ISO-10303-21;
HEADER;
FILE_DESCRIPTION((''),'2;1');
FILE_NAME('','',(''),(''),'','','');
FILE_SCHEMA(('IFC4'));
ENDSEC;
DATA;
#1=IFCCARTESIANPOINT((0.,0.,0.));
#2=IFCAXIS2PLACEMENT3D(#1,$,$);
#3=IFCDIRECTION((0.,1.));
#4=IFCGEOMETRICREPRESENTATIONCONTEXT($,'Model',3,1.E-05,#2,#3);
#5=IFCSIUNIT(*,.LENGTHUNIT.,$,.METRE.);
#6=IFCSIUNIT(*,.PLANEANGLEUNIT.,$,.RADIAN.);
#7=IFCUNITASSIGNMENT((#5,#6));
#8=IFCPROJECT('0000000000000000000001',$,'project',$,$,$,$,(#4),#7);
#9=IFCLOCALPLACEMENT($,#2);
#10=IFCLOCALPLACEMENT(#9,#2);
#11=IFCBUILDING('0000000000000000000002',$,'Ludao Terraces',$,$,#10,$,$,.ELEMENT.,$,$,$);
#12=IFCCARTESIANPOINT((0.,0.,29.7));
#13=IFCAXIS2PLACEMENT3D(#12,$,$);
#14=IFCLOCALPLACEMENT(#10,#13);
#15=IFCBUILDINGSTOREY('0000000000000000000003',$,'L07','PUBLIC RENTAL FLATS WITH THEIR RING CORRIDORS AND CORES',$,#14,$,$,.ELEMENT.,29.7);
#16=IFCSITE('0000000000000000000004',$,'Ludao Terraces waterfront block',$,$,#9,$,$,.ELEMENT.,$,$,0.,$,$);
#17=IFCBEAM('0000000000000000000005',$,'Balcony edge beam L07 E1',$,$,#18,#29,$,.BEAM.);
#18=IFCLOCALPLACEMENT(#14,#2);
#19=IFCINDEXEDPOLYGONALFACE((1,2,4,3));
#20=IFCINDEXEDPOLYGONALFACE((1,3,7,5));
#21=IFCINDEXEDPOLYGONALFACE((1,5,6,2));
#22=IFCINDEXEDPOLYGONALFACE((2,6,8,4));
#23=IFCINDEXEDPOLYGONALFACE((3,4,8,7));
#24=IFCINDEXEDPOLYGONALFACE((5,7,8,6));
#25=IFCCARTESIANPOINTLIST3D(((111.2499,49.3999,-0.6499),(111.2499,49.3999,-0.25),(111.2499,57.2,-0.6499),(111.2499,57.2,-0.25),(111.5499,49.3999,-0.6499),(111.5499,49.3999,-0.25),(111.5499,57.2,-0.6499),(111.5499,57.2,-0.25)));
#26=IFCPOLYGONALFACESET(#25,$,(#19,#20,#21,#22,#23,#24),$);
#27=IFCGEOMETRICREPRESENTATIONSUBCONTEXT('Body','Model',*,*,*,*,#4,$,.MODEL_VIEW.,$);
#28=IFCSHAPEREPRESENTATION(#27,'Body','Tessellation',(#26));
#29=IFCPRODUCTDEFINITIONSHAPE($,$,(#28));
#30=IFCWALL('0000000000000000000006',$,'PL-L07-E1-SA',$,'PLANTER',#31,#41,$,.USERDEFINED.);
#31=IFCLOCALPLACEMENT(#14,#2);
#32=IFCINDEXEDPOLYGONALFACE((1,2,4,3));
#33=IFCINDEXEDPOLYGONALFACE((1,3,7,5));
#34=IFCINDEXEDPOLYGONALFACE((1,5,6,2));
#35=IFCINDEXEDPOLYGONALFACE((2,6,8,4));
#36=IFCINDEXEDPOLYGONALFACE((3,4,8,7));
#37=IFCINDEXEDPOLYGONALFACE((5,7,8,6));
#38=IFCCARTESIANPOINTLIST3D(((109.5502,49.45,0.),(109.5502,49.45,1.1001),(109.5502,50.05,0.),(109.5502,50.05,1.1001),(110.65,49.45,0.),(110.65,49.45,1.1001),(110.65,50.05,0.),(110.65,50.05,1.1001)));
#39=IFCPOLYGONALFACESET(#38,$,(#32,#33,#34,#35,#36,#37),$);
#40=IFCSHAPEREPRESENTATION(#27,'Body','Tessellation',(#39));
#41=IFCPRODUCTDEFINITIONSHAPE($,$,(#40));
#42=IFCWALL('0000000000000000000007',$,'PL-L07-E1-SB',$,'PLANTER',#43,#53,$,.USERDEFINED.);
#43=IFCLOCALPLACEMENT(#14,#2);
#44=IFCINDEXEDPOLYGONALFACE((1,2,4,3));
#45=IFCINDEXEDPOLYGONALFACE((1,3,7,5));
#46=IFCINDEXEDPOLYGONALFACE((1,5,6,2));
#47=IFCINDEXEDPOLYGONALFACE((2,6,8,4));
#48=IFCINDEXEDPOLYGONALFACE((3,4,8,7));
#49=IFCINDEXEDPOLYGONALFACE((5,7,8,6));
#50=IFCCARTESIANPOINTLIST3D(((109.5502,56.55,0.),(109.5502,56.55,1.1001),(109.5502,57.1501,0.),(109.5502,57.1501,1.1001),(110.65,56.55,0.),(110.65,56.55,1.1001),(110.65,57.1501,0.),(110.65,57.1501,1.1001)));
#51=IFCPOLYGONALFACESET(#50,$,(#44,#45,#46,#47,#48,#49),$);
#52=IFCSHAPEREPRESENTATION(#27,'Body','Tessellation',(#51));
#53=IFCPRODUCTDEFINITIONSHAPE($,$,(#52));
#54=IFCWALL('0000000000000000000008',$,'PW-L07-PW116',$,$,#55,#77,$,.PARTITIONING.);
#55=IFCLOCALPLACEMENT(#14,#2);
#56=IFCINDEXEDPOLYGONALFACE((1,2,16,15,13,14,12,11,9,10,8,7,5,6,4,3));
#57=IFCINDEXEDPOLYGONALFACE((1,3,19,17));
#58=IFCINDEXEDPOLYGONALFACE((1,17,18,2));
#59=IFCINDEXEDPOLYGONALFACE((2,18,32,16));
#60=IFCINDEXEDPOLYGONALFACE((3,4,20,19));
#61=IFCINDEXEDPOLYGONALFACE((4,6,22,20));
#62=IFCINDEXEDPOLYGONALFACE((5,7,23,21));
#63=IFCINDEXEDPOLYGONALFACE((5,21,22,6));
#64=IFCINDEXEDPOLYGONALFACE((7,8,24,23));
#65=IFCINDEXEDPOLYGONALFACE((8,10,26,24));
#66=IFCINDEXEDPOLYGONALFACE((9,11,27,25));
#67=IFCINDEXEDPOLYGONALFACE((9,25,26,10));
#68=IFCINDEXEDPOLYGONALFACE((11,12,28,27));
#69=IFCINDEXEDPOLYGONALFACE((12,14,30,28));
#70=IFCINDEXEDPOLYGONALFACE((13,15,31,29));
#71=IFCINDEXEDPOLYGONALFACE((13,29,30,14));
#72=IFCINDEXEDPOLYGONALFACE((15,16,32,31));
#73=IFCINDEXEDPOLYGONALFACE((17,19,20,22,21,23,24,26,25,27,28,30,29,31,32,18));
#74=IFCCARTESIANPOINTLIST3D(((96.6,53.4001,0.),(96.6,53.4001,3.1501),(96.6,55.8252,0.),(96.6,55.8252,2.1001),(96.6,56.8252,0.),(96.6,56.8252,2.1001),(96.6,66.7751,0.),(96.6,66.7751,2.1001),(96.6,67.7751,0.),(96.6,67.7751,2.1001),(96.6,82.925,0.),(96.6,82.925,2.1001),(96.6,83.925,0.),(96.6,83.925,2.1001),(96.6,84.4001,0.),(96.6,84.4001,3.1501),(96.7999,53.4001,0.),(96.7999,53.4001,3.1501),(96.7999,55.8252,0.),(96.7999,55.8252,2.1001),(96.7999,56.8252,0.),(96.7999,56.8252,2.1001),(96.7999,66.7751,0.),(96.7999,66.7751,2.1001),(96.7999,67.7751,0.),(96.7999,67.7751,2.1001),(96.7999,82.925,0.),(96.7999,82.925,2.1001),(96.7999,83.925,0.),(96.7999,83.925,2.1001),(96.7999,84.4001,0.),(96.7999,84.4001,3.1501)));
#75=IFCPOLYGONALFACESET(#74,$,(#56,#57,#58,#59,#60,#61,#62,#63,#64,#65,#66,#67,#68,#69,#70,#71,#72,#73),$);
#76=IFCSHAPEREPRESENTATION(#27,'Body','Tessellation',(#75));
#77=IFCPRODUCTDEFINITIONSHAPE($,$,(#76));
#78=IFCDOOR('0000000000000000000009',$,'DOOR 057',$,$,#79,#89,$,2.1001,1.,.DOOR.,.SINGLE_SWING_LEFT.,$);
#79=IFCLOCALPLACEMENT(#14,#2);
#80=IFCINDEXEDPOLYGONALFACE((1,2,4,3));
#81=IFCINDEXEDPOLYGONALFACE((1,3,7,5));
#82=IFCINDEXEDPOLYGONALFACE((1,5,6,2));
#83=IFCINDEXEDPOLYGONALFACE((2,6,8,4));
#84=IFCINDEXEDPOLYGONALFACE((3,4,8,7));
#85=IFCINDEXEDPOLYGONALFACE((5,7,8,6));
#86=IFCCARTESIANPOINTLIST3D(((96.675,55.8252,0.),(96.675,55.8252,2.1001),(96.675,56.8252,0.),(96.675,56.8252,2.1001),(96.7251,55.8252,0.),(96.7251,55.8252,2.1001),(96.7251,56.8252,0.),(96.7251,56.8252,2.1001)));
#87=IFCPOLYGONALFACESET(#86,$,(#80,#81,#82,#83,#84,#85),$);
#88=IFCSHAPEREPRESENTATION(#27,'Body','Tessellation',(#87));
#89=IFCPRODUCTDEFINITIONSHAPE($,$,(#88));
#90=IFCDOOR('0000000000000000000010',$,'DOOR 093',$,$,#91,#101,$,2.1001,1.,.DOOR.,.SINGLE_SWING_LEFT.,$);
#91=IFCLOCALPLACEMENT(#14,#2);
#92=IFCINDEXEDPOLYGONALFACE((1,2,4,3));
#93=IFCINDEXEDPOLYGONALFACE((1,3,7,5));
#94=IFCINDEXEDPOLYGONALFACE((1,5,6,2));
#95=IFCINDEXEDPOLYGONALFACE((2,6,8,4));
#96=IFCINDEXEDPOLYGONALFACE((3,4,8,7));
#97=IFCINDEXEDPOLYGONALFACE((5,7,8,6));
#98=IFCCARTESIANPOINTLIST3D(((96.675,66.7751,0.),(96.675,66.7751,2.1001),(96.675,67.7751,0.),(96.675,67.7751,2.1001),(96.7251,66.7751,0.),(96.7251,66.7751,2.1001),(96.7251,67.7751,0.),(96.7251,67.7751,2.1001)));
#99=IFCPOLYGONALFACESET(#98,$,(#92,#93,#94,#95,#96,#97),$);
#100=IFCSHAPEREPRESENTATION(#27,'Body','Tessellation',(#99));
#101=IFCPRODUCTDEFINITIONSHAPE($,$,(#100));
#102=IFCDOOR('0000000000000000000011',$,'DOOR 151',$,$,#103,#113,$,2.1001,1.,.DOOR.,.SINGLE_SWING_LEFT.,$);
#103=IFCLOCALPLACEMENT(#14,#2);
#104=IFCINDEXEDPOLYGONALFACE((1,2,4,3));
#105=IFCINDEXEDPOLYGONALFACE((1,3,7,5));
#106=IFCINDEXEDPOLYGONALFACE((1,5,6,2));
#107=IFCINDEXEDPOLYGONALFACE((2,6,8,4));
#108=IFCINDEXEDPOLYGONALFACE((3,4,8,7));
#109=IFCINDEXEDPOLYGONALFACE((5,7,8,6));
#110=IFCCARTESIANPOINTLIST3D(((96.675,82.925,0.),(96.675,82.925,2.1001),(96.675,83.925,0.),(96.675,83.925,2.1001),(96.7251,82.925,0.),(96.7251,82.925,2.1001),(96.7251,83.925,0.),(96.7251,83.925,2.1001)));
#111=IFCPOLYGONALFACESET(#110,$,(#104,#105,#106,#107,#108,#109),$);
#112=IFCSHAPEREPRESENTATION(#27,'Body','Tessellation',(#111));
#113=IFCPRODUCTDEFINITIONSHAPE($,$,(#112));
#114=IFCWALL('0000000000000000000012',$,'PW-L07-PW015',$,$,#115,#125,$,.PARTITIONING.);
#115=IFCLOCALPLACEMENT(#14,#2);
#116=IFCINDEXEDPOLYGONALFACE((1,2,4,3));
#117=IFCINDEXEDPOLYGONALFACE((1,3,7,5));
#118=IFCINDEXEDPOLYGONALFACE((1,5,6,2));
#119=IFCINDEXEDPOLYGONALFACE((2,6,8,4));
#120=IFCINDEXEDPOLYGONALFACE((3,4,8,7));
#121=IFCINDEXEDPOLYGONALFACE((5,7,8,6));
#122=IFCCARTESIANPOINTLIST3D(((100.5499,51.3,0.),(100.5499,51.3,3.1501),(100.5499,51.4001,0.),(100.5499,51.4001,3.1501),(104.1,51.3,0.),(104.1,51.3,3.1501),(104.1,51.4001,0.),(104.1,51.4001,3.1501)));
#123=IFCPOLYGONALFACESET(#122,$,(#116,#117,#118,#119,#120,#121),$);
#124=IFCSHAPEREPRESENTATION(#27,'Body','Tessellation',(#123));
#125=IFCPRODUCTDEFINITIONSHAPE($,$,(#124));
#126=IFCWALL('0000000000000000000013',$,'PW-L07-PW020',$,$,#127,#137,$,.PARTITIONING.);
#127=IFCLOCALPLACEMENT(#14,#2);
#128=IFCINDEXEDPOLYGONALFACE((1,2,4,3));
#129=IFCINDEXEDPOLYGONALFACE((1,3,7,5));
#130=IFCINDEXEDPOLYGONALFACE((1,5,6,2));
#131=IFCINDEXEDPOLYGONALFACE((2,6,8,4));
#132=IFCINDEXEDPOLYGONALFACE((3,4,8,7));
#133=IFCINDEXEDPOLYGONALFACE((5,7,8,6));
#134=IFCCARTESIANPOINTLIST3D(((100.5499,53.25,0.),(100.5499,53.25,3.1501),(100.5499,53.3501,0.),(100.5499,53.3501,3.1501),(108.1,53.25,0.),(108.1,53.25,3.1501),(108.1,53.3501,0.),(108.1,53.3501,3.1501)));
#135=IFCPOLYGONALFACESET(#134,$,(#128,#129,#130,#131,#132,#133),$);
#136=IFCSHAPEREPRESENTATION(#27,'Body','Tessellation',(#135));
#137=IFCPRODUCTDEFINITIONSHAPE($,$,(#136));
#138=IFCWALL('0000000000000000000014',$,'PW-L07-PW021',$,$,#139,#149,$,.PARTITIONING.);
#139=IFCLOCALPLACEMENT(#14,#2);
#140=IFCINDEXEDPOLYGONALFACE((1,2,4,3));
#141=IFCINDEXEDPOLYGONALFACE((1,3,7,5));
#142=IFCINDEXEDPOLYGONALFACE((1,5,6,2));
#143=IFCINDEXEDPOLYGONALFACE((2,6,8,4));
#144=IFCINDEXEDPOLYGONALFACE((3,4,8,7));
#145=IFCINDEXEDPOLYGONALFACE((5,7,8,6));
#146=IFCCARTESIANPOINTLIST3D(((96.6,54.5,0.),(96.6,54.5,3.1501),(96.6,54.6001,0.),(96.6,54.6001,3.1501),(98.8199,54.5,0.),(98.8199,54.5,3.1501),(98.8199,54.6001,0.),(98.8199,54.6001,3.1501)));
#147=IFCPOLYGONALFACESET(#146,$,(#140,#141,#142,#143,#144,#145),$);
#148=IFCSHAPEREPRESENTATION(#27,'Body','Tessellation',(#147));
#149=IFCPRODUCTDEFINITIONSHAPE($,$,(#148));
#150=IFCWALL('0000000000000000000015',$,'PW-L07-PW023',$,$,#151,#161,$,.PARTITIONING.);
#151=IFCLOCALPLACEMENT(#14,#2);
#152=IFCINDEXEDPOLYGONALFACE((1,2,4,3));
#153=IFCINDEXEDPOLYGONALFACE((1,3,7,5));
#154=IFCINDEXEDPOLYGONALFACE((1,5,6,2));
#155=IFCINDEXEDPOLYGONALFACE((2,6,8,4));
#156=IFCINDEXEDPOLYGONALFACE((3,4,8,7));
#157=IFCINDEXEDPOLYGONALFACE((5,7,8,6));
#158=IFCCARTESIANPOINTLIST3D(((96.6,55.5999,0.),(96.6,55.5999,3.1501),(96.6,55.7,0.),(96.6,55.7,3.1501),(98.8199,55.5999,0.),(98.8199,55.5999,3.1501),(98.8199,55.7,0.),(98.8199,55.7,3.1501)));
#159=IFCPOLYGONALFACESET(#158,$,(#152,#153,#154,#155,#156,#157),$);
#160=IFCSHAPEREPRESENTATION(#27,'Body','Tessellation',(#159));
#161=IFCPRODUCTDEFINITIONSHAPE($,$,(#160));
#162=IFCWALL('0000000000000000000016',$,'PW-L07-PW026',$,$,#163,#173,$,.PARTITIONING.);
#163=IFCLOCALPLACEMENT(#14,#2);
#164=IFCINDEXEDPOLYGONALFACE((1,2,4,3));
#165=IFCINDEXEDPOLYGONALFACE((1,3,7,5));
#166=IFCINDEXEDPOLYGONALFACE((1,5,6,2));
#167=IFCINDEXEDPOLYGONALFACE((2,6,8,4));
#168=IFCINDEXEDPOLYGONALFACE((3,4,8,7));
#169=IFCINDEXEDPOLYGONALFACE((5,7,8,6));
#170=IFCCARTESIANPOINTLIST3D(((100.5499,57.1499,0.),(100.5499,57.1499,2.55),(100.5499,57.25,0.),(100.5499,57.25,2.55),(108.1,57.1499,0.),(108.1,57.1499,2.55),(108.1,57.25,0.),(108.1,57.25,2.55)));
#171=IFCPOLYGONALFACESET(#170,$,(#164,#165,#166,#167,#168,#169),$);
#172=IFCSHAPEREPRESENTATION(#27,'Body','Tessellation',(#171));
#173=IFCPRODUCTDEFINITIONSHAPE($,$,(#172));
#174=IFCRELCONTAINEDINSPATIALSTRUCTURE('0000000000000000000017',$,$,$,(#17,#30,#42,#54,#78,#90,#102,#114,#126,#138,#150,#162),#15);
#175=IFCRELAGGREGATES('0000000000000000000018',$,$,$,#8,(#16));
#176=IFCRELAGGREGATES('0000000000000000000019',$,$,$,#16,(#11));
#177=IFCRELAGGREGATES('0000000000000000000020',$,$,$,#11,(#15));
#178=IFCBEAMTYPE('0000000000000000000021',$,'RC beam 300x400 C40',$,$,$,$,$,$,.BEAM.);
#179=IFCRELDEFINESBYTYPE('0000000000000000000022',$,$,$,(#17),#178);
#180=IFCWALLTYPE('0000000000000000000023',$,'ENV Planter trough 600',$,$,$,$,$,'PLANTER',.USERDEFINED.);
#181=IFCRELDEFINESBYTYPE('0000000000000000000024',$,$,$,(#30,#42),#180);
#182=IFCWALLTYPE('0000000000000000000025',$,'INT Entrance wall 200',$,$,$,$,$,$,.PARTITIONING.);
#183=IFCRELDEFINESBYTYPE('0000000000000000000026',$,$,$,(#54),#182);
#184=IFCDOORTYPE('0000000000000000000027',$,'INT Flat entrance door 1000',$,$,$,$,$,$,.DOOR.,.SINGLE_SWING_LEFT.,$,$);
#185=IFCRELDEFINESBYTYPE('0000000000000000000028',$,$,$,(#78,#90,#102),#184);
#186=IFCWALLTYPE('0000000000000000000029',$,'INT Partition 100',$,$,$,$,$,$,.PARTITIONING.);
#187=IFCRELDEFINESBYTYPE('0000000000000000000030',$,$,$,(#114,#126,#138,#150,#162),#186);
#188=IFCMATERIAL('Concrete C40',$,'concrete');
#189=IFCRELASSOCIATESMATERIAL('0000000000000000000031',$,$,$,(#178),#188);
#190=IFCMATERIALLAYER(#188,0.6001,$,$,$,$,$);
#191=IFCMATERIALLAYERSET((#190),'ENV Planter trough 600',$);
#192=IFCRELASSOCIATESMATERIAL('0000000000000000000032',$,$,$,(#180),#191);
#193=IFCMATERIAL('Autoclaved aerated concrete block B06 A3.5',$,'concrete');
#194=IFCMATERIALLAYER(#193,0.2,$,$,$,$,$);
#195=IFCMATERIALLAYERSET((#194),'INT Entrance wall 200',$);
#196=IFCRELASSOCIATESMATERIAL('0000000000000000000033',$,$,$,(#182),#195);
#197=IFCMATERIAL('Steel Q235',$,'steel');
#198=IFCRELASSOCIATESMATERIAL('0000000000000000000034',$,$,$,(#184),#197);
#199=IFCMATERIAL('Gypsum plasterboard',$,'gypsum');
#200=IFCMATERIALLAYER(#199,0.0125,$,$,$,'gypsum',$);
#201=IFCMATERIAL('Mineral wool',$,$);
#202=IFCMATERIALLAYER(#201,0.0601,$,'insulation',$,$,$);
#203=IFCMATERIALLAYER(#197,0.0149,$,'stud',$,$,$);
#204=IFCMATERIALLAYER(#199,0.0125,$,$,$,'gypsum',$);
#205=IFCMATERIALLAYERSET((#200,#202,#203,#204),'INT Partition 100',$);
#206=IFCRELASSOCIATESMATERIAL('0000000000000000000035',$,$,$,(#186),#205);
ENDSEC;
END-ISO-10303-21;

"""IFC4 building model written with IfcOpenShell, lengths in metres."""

from ifc_helpers import new_model, si_unit, direction, frame, frame_2d, origin, origin_2d, place, context, subcontext, project, spatial, rectangle, extrude, material, layer, layer_set, material_profile, profile_set, type_object, element, fill, save


model = new_model("IFC4")

# Units and contexts
model_context = context("Model", 3, precision=1e-05, world=origin(), true_north=direction((0.0, 1.0)))
body_context = subcontext(model_context, "Body", "Model", "MODEL_VIEW")
ifc_project = project(units=[si_unit("LENGTHUNIT", "METRE"), si_unit("PLANEANGLEUNIT", "RADIAN")], contexts=[model_context])

# Site, building, storey
site_placement = place(None, origin())
site = spatial("IfcSite", under=ifc_project, at=site_placement, Name="Ludao Terraces waterfront block", CompositionType="ELEMENT", RefElevation=0.0)
building_placement = place(site_placement, origin())
building = spatial("IfcBuilding", under=site, at=building_placement, Name="Ludao Terraces", CompositionType="ELEMENT")
storey_placement = place(building_placement, frame((0.0, 0.0, 29.7)))
storey = spatial("IfcBuildingStorey", under=building, at=storey_placement, Name="L07", Description="PUBLIC RENTAL FLATS WITH THEIR RING CORRIDORS AND CORES", CompositionType="ELEMENT", Elevation=29.7)

# Beam
ifc_material_1 = material(Name="Concrete C40", Category="concrete")
ifc_material_profile = material_profile(ifc_material_1, rectangle(XDim=0.3, YDim=0.3999, at=origin_2d()), Name="300 X 400")
ifc_profile_set = profile_set([ifc_material_profile], Name="Concrete C40")
beam_type = type_object("IfcBeamType", Name="RC beam 300x400 C40", PredefinedType="BEAM", material=ifc_profile_set)
beam_placement = place(storey_placement, frame((111.3999, 49.3999, -0.45), z_axis=(0.0, 1.0, 0.0), x_axis=(-1.0, 0.0, 0.0)))
element("IfcBeam", 1, at=beam_placement, inside=storey, type_object=beam_type, Name="Balcony edge beam L07 E1", PredefinedType="BEAM", context=body_context, shape_type="SweptSolid", body=[
    extrude(rectangle(XDim=0.3, YDim=0.3999, at=origin_2d()), origin(), (0.0, 0.0, 1.0), 7.8),
])

# Walls
ifc_layer_1 = layer(ifc_material_1, 0.6001)
ifc_layer_set_1 = layer_set([ifc_layer_1], Name="ENV Planter trough 600")
wall_type_1 = type_object("IfcWallType", Name="ENV Planter trough 600", ElementType="PLANTER", PredefinedType="USERDEFINED", material=ifc_layer_set_1)
for number, where, z_axis, x_axis, name in (
    (2, (110.6499, 49.75, 0.0), (0.0, 0.0, 1.0), (-1.0, 0.0, 0.0), "PL-L07-E1-SA"),
    (3, (110.6499, 56.8501, 0.0), (0.0, 0.0, 1.0), (-1.0, 0.0, 0.0), "PL-L07-E1-SB"),
):
    element("IfcWall", number, at=place(storey_placement, frame(where, z_axis=z_axis, x_axis=x_axis)), inside=storey, type_object=wall_type_1, Name=name, ObjectType="PLANTER", PredefinedType="USERDEFINED", context=body_context, shape_type="SweptSolid", body=[
        extrude(rectangle(XDim=1.0999, YDim=0.6001, at=frame_2d((0.5498, 0.0))), origin(), (0.0, 0.0, 1.0), 1.1001),
    ])

# Shared definitions
ifc_material_2 = material(Name="Mineral wool")

# Wall, openings, doors
ifc_material_3 = material(Name="Autoclaved aerated concrete block B06 A3.5", Category="concrete")
ifc_layer_2 = layer(ifc_material_3, 0.2)
ifc_layer_set_2 = layer_set([ifc_layer_2], Name="INT Entrance wall 200")
wall_type_2 = type_object("IfcWallType", Name="INT Entrance wall 200", PredefinedType="PARTITIONING", material=ifc_layer_set_2)
wall_1_placement = place(storey_placement, frame((96.7, 53.4001, 0.0), z_axis=(0.0, 0.0, 1.0), x_axis=(0.0, 1.0, 0.0)))
wall_1 = element("IfcWall", 4, at=wall_1_placement, inside=storey, type_object=wall_type_2, Name="PW-L07-PW116", PredefinedType="PARTITIONING", context=body_context, shape_type="SweptSolid", body=[
    extrude(rectangle(XDim=31.0, YDim=0.2, at=frame_2d((15.5, 0.0))), origin(), (0.0, 0.0, 1.0), 3.1501),
])
opening_1_placement = place(wall_1_placement, frame((2.425, 0.0, 0.0)))
opening_1 = element("IfcOpeningElement", 5, at=opening_1_placement, cuts=wall_1, PredefinedType="OPENING", context=body_context, shape_type="SweptSolid", body=[
    extrude(rectangle(XDim=1.0, YDim=2.1001, at=frame_2d((0.5, 1.05))), frame((0.0, 0.1099, 0.0), z_axis=(0.0, -1.0, 0.0), x_axis=(1.0, 0.0, 0.0)), (0.0, 0.0, 1.0), 0.22),
])
opening_2_placement = place(wall_1_placement, frame((13.375, 0.0, 0.0)))
opening_2 = element("IfcOpeningElement", 6, at=opening_2_placement, cuts=wall_1, PredefinedType="OPENING", context=body_context, shape_type="SweptSolid", body=[
    extrude(rectangle(XDim=1.0, YDim=2.1001, at=frame_2d((0.5, 1.05))), frame((0.0, 0.1099, 0.0), z_axis=(0.0, -1.0, 0.0), x_axis=(1.0, 0.0, 0.0)), (0.0, 0.0, 1.0), 0.22),
])
opening_3_placement = place(wall_1_placement, frame((29.5249, 0.0, 0.0)))
opening_3 = element("IfcOpeningElement", 7, at=opening_3_placement, cuts=wall_1, PredefinedType="OPENING", context=body_context, shape_type="SweptSolid", body=[
    extrude(rectangle(XDim=1.0, YDim=2.1001, at=frame_2d((0.5, 1.05))), frame((0.0, 0.1099, 0.0), z_axis=(0.0, -1.0, 0.0), x_axis=(1.0, 0.0, 0.0)), (0.0, 0.0, 1.0), 0.22),
])
ifc_material_4 = material(Name="Steel Q235", Category="steel")
door_type_1 = type_object("IfcDoorType", Name="INT Flat entrance door 1000", OperationType="SINGLE_SWING_LEFT", PredefinedType="DOOR", material=ifc_material_4)
door_1_placement = place(opening_1_placement, origin())
door_1 = element("IfcDoor", 8, at=door_1_placement, inside=storey, type_object=door_type_1, Name="DOOR 057", OperationType="SINGLE_SWING_LEFT", OverallHeight=2.1001, OverallWidth=1.0, PredefinedType="DOOR", context=body_context, shape_type="SweptSolid", body=[
    extrude(rectangle(XDim=1.0, YDim=2.1001, at=frame_2d((0.5, 1.05))), frame((0.0, 0.0249, 0.0), z_axis=(0.0, -1.0, 0.0), x_axis=(1.0, 0.0, 0.0)), (0.0, 0.0, 1.0), 0.05),
])
fill(opening_1, door_1)
door_2_placement = place(opening_2_placement, origin())
door_2 = element("IfcDoor", 9, at=door_2_placement, inside=storey, type_object=door_type_1, Name="DOOR 093", OperationType="SINGLE_SWING_LEFT", OverallHeight=2.1001, OverallWidth=1.0, PredefinedType="DOOR", context=body_context, shape_type="SweptSolid", body=[
    extrude(rectangle(XDim=1.0, YDim=2.1001, at=frame_2d((0.5, 1.05))), frame((0.0, 0.0249, 0.0), z_axis=(0.0, -1.0, 0.0), x_axis=(1.0, 0.0, 0.0)), (0.0, 0.0, 1.0), 0.05),
])
fill(opening_2, door_2)
door_3_placement = place(opening_3_placement, origin())
door_3 = element("IfcDoor", 10, at=door_3_placement, inside=storey, type_object=door_type_1, Name="DOOR 151", OperationType="SINGLE_SWING_LEFT", OverallHeight=2.1001, OverallWidth=1.0, PredefinedType="DOOR", context=body_context, shape_type="SweptSolid", body=[
    extrude(rectangle(XDim=1.0, YDim=2.1001, at=frame_2d((0.5, 1.05))), frame((0.0, 0.0249, 0.0), z_axis=(0.0, -1.0, 0.0), x_axis=(1.0, 0.0, 0.0)), (0.0, 0.0, 1.0), 0.05),
])
fill(opening_3, door_3)

# Walls
ifc_material_5 = material(Name="Gypsum plasterboard", Category="gypsum")
ifc_layer_3 = layer(ifc_material_5, 0.0125, Category="gypsum")
ifc_layer_4 = layer(ifc_material_2, 0.0601, Name="insulation")
ifc_layer_5 = layer(ifc_material_4, 0.0149, Name="stud")
ifc_layer_6 = layer(ifc_material_5, 0.0125, Category="gypsum")
ifc_layer_set_3 = layer_set([ifc_layer_3, ifc_layer_4, ifc_layer_5, ifc_layer_6], Name="INT Partition 100")
wall_type_3 = type_object("IfcWallType", Name="INT Partition 100", PredefinedType="PARTITIONING", material=ifc_layer_set_3)
wall_2_placement = place(storey_placement, frame((100.55, 51.3501, 0.0), z_axis=(0.0, 0.0, 1.0), x_axis=(1.0, 0.0, 0.0)))
element("IfcWall", 11, at=wall_2_placement, inside=storey, type_object=wall_type_3, Name="PW-L07-PW015", PredefinedType="PARTITIONING", context=body_context, shape_type="SweptSolid", body=[
    extrude(rectangle(XDim=3.55, YDim=0.1001, at=frame_2d((1.7749, 0.0))), origin(), (0.0, 0.0, 1.0), 3.1501),
])
wall_3_placement = place(storey_placement, frame((100.55, 53.3, 0.0), z_axis=(0.0, 0.0, 1.0), x_axis=(1.0, 0.0, 0.0)))
element("IfcWall", 12, at=wall_3_placement, inside=storey, type_object=wall_type_3, Name="PW-L07-PW020", PredefinedType="PARTITIONING", context=body_context, shape_type="SweptSolid", body=[
    extrude(rectangle(XDim=7.55, YDim=0.1001, at=frame_2d((3.7749, 0.0))), origin(), (0.0, 0.0, 1.0), 3.1501),
])
for number, where, z_axis, x_axis, name in (
    (13, (96.6001, 54.55, 0.0), (0.0, 0.0, 1.0), (1.0, 0.0, 0.0), "PW-L07-PW021"),
    (14, (96.6001, 55.6499, 0.0), (0.0, 0.0, 1.0), (1.0, 0.0, 0.0), "PW-L07-PW023"),
):
    element("IfcWall", number, at=place(storey_placement, frame(where, z_axis=z_axis, x_axis=x_axis)), inside=storey, type_object=wall_type_3, Name=name, PredefinedType="PARTITIONING", context=body_context, shape_type="SweptSolid", body=[
        extrude(rectangle(XDim=2.22, YDim=0.1001, at=frame_2d((1.1099, 0.0))), origin(), (0.0, 0.0, 1.0), 3.1501),
    ])
wall_4_placement = place(storey_placement, frame((100.55, 57.2, 0.0), z_axis=(0.0, 0.0, 1.0), x_axis=(1.0, 0.0, 0.0)))
element("IfcWall", 15, at=wall_4_placement, inside=storey, type_object=wall_type_3, Name="PW-L07-PW026", PredefinedType="PARTITIONING", context=body_context, shape_type="SweptSolid", body=[
    extrude(rectangle(XDim=7.55, YDim=0.1001, at=frame_2d((3.7749, 0.0))), origin(), (0.0, 0.0, 1.0), 2.55),
])

save(model, "model.ifc")
